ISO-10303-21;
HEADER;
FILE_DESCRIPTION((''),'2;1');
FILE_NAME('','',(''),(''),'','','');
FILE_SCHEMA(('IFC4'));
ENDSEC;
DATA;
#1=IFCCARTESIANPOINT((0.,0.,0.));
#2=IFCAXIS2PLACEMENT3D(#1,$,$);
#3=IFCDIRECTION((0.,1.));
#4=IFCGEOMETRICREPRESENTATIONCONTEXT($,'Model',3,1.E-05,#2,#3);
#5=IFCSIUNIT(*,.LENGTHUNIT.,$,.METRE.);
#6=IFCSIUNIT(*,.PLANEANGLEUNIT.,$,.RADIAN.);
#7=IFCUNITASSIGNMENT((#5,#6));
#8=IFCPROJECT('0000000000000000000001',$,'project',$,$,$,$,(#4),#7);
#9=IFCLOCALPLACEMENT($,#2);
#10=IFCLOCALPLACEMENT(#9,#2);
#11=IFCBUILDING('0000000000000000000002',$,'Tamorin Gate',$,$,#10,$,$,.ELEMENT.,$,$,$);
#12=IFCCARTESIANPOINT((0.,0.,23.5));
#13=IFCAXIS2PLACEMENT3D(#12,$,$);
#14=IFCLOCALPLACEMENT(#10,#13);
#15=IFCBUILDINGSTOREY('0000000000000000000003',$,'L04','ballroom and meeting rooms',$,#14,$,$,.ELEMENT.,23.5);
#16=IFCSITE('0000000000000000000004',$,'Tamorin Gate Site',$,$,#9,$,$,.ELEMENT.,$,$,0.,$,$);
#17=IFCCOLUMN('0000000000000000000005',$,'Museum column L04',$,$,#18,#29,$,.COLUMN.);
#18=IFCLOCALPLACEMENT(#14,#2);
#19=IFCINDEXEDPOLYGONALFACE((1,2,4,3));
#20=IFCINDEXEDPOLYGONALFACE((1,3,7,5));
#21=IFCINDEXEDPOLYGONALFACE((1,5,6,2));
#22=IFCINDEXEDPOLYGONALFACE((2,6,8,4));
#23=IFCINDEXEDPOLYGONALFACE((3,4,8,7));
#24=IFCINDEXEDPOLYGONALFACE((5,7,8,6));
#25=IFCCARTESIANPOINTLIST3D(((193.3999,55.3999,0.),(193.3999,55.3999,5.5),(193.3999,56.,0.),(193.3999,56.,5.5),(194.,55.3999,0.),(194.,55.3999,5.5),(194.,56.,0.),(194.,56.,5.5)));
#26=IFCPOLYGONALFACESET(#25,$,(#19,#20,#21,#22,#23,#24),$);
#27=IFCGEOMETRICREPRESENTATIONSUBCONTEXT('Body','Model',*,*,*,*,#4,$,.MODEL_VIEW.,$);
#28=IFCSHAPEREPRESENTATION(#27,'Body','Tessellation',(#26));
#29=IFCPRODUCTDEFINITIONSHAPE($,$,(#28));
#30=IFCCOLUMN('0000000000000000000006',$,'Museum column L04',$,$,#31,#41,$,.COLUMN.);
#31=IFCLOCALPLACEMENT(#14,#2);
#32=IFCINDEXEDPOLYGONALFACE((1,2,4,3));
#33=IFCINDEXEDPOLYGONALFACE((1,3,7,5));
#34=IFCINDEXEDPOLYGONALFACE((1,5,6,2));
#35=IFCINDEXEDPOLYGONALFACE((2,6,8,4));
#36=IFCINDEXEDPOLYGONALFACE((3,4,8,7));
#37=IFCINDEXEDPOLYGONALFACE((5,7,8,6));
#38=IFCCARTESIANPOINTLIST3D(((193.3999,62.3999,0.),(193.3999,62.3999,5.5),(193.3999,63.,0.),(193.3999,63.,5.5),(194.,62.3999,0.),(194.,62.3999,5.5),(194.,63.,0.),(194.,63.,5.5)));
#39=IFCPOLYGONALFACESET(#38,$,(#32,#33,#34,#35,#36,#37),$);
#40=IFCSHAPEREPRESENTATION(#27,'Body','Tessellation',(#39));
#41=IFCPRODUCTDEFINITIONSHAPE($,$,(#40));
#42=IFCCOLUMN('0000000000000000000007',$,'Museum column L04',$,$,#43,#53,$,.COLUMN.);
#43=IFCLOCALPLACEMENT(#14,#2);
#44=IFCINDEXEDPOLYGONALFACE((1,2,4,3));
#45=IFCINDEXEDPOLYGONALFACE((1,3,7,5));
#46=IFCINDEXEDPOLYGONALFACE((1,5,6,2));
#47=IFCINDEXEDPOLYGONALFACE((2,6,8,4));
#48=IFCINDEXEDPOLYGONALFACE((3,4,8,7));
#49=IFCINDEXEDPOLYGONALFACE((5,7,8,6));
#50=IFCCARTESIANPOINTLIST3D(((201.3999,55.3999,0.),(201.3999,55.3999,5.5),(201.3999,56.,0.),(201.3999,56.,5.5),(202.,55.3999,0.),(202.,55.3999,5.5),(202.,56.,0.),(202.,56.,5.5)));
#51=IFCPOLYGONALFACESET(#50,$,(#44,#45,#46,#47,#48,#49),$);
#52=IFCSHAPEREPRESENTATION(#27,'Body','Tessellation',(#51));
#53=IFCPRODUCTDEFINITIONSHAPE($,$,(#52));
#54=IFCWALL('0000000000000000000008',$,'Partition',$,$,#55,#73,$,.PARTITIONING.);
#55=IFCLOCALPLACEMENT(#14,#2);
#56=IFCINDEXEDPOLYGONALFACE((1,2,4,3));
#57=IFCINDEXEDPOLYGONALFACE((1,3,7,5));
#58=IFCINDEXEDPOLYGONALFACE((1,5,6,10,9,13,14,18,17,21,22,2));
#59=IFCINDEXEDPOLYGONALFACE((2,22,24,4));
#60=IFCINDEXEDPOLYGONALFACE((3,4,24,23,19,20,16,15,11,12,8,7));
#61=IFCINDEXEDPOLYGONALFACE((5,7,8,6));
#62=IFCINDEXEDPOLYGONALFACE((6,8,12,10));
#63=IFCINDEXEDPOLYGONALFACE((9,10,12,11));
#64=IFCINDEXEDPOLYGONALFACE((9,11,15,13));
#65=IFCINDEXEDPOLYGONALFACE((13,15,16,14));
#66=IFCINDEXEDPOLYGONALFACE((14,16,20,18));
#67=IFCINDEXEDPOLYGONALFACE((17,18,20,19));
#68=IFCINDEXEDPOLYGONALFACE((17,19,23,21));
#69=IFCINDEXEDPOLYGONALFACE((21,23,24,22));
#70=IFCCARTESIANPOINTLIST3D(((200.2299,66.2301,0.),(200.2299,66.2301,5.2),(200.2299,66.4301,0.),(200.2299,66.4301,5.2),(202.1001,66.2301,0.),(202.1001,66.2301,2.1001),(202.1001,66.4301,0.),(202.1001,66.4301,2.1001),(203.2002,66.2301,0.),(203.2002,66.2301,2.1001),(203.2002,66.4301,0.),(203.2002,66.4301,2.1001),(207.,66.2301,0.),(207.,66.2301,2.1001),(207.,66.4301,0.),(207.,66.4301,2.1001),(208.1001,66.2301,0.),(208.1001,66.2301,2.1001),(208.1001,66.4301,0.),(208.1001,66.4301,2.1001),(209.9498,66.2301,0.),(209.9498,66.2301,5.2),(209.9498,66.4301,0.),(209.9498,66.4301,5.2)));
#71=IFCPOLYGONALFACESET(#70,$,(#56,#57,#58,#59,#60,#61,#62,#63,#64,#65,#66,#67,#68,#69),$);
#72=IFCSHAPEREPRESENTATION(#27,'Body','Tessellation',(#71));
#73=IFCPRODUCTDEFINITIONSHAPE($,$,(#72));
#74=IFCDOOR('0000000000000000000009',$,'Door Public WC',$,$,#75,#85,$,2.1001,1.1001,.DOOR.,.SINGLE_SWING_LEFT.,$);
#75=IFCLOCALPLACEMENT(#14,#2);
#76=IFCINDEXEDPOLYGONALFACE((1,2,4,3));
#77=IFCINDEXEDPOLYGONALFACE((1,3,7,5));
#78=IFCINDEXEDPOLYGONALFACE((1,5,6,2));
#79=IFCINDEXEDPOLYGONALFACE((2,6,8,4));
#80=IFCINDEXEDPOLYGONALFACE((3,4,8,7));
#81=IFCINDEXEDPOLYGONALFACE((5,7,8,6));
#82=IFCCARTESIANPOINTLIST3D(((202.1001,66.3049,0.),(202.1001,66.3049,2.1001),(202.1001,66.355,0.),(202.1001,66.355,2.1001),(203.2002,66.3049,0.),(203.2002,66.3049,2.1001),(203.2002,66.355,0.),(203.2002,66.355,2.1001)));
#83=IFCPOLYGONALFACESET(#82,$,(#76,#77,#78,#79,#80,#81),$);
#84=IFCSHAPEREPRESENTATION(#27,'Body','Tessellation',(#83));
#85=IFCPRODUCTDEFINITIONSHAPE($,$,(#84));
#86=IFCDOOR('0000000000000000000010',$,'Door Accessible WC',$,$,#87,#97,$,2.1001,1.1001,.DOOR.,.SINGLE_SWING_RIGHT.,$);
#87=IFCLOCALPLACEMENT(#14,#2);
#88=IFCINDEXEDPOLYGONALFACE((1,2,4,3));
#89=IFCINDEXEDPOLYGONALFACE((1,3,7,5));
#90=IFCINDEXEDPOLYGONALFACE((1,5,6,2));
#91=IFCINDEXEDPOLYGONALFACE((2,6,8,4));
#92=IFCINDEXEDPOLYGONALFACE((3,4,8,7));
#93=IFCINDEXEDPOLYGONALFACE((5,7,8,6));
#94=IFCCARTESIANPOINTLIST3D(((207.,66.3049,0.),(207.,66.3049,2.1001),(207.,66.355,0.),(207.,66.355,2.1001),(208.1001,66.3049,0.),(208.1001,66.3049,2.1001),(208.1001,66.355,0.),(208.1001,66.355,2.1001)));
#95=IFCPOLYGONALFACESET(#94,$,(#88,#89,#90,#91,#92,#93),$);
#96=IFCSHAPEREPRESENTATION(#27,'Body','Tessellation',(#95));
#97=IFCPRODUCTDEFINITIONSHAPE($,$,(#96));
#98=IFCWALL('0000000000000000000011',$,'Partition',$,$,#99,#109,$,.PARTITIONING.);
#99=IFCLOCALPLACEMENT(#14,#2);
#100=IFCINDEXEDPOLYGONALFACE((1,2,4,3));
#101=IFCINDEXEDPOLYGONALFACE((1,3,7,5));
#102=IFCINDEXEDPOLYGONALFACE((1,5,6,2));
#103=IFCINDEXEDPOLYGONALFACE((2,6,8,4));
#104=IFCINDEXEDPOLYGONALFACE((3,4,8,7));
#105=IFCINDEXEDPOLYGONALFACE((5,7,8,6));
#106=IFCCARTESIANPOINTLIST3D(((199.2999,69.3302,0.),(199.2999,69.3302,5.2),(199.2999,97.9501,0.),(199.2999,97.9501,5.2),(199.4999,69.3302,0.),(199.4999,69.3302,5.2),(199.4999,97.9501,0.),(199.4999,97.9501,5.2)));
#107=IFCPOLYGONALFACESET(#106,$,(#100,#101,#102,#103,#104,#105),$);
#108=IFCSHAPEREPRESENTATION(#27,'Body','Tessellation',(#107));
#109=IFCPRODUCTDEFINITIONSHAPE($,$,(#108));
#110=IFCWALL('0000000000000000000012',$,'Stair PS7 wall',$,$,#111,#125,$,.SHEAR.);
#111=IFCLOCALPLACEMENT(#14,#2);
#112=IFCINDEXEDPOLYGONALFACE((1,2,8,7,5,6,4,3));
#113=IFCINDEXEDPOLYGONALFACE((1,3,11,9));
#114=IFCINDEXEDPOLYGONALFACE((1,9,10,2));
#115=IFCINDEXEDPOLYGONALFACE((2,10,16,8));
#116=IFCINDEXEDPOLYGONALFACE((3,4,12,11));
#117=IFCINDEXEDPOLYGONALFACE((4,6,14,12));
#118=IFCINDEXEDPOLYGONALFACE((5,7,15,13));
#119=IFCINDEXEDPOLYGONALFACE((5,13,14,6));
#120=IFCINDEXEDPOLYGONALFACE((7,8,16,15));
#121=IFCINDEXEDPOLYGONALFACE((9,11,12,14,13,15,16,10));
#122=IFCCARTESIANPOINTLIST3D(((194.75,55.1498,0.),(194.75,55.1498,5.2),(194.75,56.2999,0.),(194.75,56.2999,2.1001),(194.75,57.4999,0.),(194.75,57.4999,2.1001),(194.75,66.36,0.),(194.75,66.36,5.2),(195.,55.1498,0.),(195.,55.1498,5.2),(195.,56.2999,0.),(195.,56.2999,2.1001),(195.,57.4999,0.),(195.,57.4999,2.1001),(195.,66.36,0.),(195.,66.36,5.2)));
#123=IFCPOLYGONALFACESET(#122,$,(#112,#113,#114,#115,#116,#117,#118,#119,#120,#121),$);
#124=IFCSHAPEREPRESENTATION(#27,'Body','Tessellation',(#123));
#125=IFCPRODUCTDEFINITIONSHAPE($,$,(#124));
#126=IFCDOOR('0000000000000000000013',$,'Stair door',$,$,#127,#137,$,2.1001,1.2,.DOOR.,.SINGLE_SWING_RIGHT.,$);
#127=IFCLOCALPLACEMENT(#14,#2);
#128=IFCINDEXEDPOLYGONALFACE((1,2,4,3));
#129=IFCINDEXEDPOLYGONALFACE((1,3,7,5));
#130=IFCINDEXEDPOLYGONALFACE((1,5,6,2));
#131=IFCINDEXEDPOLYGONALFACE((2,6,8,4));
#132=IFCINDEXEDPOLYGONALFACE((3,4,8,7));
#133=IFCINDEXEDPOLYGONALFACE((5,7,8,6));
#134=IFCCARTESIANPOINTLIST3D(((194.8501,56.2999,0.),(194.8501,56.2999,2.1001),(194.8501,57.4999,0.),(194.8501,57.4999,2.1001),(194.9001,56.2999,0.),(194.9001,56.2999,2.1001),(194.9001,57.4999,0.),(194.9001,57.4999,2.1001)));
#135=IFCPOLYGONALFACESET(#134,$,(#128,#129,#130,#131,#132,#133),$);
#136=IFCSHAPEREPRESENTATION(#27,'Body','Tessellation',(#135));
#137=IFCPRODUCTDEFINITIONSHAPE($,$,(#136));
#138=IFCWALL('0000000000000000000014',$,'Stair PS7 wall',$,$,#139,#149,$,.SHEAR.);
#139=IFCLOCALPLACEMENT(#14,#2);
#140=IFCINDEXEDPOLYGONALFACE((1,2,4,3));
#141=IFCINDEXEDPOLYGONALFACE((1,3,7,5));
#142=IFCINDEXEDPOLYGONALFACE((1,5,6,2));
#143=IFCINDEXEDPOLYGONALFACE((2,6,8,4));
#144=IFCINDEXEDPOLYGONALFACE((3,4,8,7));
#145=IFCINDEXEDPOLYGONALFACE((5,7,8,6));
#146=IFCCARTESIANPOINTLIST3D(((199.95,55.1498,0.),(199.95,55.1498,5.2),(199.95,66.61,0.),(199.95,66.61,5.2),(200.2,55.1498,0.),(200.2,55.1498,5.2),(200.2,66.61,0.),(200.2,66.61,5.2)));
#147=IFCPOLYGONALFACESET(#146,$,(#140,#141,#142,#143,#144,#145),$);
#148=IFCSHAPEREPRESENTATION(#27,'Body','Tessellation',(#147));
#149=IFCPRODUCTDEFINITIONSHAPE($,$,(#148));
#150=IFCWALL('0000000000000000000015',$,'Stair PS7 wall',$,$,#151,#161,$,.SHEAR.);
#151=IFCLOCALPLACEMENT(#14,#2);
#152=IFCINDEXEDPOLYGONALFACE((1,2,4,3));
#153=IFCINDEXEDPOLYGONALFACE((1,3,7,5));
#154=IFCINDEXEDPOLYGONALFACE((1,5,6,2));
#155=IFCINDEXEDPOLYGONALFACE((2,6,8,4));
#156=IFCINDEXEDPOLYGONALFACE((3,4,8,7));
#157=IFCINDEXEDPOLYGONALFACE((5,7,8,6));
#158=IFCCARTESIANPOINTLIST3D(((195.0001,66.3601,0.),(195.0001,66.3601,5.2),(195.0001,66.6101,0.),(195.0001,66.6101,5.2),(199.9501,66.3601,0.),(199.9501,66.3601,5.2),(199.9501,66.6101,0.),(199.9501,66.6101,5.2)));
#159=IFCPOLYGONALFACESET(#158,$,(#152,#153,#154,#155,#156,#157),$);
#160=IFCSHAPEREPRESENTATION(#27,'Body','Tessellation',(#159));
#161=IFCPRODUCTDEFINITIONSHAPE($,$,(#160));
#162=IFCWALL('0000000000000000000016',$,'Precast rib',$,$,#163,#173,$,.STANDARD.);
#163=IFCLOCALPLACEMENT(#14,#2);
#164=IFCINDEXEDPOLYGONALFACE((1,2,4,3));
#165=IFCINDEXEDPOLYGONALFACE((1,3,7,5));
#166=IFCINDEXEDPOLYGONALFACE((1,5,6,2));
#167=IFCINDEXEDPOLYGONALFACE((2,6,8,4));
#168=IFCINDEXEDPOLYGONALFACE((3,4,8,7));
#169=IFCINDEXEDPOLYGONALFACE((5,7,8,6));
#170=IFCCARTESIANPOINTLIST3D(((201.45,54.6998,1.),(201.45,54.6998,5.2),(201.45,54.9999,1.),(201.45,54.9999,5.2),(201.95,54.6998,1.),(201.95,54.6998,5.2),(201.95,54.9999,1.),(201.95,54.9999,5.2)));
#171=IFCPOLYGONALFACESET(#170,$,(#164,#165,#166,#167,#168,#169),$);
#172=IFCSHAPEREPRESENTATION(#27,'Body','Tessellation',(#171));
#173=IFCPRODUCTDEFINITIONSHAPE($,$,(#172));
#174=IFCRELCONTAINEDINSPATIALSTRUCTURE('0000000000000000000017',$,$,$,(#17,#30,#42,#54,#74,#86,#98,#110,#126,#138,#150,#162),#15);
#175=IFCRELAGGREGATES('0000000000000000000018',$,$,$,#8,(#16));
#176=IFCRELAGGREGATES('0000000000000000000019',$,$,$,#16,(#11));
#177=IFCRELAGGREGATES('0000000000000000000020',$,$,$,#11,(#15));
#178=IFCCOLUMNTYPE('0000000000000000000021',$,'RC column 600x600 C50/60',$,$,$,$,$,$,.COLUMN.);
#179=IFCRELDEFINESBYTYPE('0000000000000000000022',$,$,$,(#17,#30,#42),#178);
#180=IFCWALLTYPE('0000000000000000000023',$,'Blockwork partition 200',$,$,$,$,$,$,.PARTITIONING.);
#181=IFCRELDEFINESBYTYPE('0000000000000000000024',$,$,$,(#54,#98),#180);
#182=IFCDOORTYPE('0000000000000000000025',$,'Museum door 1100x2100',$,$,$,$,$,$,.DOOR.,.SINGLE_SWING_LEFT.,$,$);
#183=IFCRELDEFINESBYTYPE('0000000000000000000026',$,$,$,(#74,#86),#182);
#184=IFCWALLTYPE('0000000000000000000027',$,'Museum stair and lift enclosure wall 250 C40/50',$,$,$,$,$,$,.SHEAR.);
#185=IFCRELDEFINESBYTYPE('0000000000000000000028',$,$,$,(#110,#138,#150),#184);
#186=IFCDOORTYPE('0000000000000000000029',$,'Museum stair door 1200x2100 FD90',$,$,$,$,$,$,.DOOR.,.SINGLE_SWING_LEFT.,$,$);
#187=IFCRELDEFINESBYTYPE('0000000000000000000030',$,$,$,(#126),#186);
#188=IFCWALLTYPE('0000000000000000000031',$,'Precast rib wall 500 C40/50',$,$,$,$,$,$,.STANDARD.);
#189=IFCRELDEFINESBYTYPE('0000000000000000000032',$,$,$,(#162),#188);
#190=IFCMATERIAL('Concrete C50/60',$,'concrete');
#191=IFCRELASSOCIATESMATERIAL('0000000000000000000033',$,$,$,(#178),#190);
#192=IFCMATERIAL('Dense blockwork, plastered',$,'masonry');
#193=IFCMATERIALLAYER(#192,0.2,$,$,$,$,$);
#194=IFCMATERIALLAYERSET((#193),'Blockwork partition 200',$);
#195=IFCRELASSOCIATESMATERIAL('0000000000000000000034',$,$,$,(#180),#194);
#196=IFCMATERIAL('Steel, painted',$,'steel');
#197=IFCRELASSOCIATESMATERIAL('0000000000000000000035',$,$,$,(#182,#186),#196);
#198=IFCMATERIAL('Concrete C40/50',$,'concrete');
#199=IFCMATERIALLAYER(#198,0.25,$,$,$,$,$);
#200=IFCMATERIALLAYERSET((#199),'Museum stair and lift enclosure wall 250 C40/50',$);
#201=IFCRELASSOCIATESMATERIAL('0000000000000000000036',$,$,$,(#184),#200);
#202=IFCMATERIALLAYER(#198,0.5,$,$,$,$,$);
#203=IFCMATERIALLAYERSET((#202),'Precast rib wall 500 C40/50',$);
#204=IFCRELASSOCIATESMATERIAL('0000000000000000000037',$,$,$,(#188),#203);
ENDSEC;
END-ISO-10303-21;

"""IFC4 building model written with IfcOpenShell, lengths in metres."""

from ifc_helpers import new_model, si_unit, direction, frame, frame_2d, origin, origin_2d, place, context, subcontext, project, spatial, rectangle, extrude, material, layer, layer_set, material_profile, profile_set, type_object, element, fill, save


model = new_model("IFC4")

# Units and contexts
model_context = context("Model", 3, precision=1e-05, world=origin(), true_north=direction((0.0, 1.0)))
body_context = subcontext(model_context, "Body", "Model", "MODEL_VIEW")
ifc_project = project(units=[si_unit("LENGTHUNIT", "METRE"), si_unit("PLANEANGLEUNIT", "RADIAN")], contexts=[model_context])

# Site, building, storey
site_placement = place(None, origin())
site = spatial("IfcSite", under=ifc_project, at=site_placement, Name="Tamorin Gate Site", CompositionType="ELEMENT", RefElevation=0.0)
building_placement = place(site_placement, origin())
building = spatial("IfcBuilding", under=site, at=building_placement, Name="Tamorin Gate", CompositionType="ELEMENT")
storey_placement = place(building_placement, frame((0.0, 0.0, 23.5)))
storey = spatial("IfcBuildingStorey", under=building, at=storey_placement, Name="L04", Description="ballroom and meeting rooms", CompositionType="ELEMENT", Elevation=23.5)

# Columns
ifc_material_1 = material(Name="Concrete C50/60", Category="concrete")
ifc_material_profile = material_profile(ifc_material_1, rectangle(XDim=0.6001, YDim=0.6001, at=origin_2d()))
ifc_profile_set = profile_set([ifc_material_profile], Name="Concrete C50/60")
column_type = type_object("IfcColumnType", Name="RC column 600x600 C50/60", PredefinedType="COLUMN", material=ifc_profile_set)
for number, where, z_axis, x_axis, name in (
    (1, (193.7, 55.7, 0.0), (0.0, 0.0, 1.0), (1.0, 0.0, 0.0), "Museum column L04"),
    (2, (193.7, 62.7, 0.0), (0.0, 0.0, 1.0), (1.0, 0.0, 0.0), "Museum column L04"),
    (3, (201.7, 55.7, 0.0), (0.0, 0.0, 1.0), (1.0, 0.0, 0.0), "Museum column L04"),
):
    element("IfcColumn", number, at=place(storey_placement, frame(where, z_axis=z_axis, x_axis=x_axis)), inside=storey, type_object=column_type, Name=name, PredefinedType="COLUMN", context=body_context, shape_type="SweptSolid", body=[
        extrude(rectangle(XDim=0.6001, YDim=0.6001, at=origin_2d()), origin(), (0.0, 0.0, 1.0), 5.5),
    ])

# Wall, openings, doors
ifc_material_2 = material(Name="Dense blockwork, plastered", Category="masonry")
ifc_layer_1 = layer(ifc_material_2, 0.2)
ifc_layer_set_1 = layer_set([ifc_layer_1], Name="Blockwork partition 200")
wall_type_1 = type_object("IfcWallType", Name="Blockwork partition 200", PredefinedType="PARTITIONING", material=ifc_layer_set_1)
wall_1_placement = place(storey_placement, frame((200.23, 66.3301, 0.0), z_axis=(0.0, 0.0, 1.0), x_axis=(1.0, 0.0, 0.0)))
wall_1 = element("IfcWall", 4, at=wall_1_placement, inside=storey, type_object=wall_type_1, Name="Partition", PredefinedType="PARTITIONING", context=body_context, shape_type="SweptSolid", body=[
    extrude(rectangle(XDim=9.72, YDim=0.2, at=frame_2d((4.8599, 0.0))), origin(), (0.0, 0.0, 1.0), 5.2),
])
opening_1_placement = place(wall_1_placement, frame((1.8701, 0.0, 0.0)))
opening_1 = element("IfcOpeningElement", 5, at=opening_1_placement, cuts=wall_1, PredefinedType="OPENING", context=body_context, shape_type="SweptSolid", body=[
    extrude(rectangle(XDim=1.1001, YDim=2.1001, at=frame_2d((0.55, 1.05))), frame((0.0, 0.1099, 0.0), z_axis=(0.0, -1.0, 0.0), x_axis=(1.0, 0.0, 0.0)), (0.0, 0.0, 1.0), 0.22),
])
opening_2_placement = place(wall_1_placement, frame((6.77, 0.0, 0.0)))
opening_2 = element("IfcOpeningElement", 6, at=opening_2_placement, cuts=wall_1, PredefinedType="OPENING", context=body_context, shape_type="SweptSolid", body=[
    extrude(rectangle(XDim=1.1001, YDim=2.1001, at=frame_2d((0.55, 1.05))), frame((0.0, 0.1099, 0.0), z_axis=(0.0, -1.0, 0.0), x_axis=(1.0, 0.0, 0.0)), (0.0, 0.0, 1.0), 0.22),
])
ifc_material_3 = material(Name="Steel, painted", Category="steel")
door_type_1 = type_object("IfcDoorType", Name="Museum door 1100x2100", OperationType="SINGLE_SWING_LEFT", PredefinedType="DOOR", material=ifc_material_3)
door_1_placement = place(opening_1_placement, origin())
door_1 = element("IfcDoor", 7, at=door_1_placement, inside=storey, type_object=door_type_1, Name="Door Public WC", OperationType="SINGLE_SWING_LEFT", OverallHeight=2.1001, OverallWidth=1.1001, PredefinedType="DOOR", context=body_context, shape_type="SweptSolid", body=[
    extrude(rectangle(XDim=1.1001, YDim=2.1001, at=frame_2d((0.55, 1.05))), frame((0.0, 0.0249, 0.0), z_axis=(0.0, -1.0, 0.0), x_axis=(1.0, 0.0, 0.0)), (0.0, 0.0, 1.0), 0.05),
])
fill(opening_1, door_1)
door_2_placement = place(opening_2_placement, origin())
door_2 = element("IfcDoor", 8, at=door_2_placement, inside=storey, type_object=door_type_1, Name="Door Accessible WC", OperationType="SINGLE_SWING_RIGHT", OverallHeight=2.1001, OverallWidth=1.1001, PredefinedType="DOOR", context=body_context, shape_type="SweptSolid", body=[
    extrude(rectangle(XDim=1.1001, YDim=2.1001, at=frame_2d((0.55, 1.05))), frame((0.0, 0.0249, 0.0), z_axis=(0.0, -1.0, 0.0), x_axis=(1.0, 0.0, 0.0)), (0.0, 0.0, 1.0), 0.05),
])
fill(opening_2, door_2)

# Wall
wall_2_placement = place(storey_placement, frame((199.3999, 69.3301, 0.0), z_axis=(0.0, 0.0, 1.0), x_axis=(0.0, 1.0, 0.0)))
element("IfcWall", 9, at=wall_2_placement, inside=storey, type_object=wall_type_1, Name="Partition", PredefinedType="PARTITIONING", context=body_context, shape_type="SweptSolid", body=[
    extrude(rectangle(XDim=28.6199, YDim=0.2, at=frame_2d((14.3101, 0.0))), origin(), (0.0, 0.0, 1.0), 5.2),
])

# Wall, opening, door
ifc_material_4 = material(Name="Concrete C40/50", Category="concrete")
ifc_layer_2 = layer(ifc_material_4, 0.25)
ifc_layer_set_2 = layer_set([ifc_layer_2], Name="Museum stair and lift enclosure wall 250 C40/50")
wall_type_2 = type_object("IfcWallType", Name="Museum stair and lift enclosure wall 250 C40/50", PredefinedType="SHEAR", material=ifc_layer_set_2)
wall_3_placement = place(storey_placement, frame((194.875, 55.1499, 0.0), z_axis=(0.0, 0.0, 1.0), x_axis=(0.0, 1.0, 0.0)))
wall_3 = element("IfcWall", 10, at=wall_3_placement, inside=storey, type_object=wall_type_2, Name="Stair PS7 wall", PredefinedType="SHEAR", context=body_context, shape_type="SweptSolid", body=[
    extrude(rectangle(XDim=11.2102, YDim=0.25, at=frame_2d((5.605, 0.0))), origin(), (0.0, 0.0, 1.0), 5.2),
])
opening_3_placement = place(wall_3_placement, frame((1.1499, 0.0, 0.0)))
opening_3 = element("IfcOpeningElement", 11, at=opening_3_placement, cuts=wall_3, PredefinedType="OPENING", context=body_context, shape_type="SweptSolid", body=[
    extrude(rectangle(XDim=1.2, YDim=2.1001, at=frame_2d((0.6001, 1.05))), frame((0.0, 0.135, 0.0), z_axis=(0.0, -1.0, 0.0), x_axis=(1.0, 0.0, 0.0)), (0.0, 0.0, 1.0), 0.27),
])
door_type_2 = type_object("IfcDoorType", Name="Museum stair door 1200x2100 FD90", OperationType="SINGLE_SWING_LEFT", PredefinedType="DOOR", material=ifc_material_3)
door_3_placement = place(opening_3_placement, origin())
door_3 = element("IfcDoor", 12, at=door_3_placement, inside=storey, type_object=door_type_2, Name="Stair door", OperationType="SINGLE_SWING_RIGHT", OverallHeight=2.1001, OverallWidth=1.2, PredefinedType="DOOR", context=body_context, shape_type="SweptSolid", body=[
    extrude(rectangle(XDim=1.2, YDim=2.1001, at=frame_2d((0.6001, 1.05))), frame((0.0, 0.0249, 0.0), z_axis=(0.0, -1.0, 0.0), x_axis=(1.0, 0.0, 0.0)), (0.0, 0.0, 1.0), 0.05),
])
fill(opening_3, door_3)

# Walls
wall_4_placement = place(storey_placement, frame((200.075, 55.1499, 0.0), z_axis=(0.0, 0.0, 1.0), x_axis=(0.0, 1.0, 0.0)))
element("IfcWall", 13, at=wall_4_placement, inside=storey, type_object=wall_type_2, Name="Stair PS7 wall", PredefinedType="SHEAR", context=body_context, shape_type="SweptSolid", body=[
    extrude(rectangle(XDim=11.4602, YDim=0.25, at=frame_2d((5.73, 0.0))), origin(), (0.0, 0.0, 1.0), 5.2),
])
wall_5_placement = place(storey_placement, frame((195.0, 66.4851, 0.0), z_axis=(0.0, 0.0, 1.0), x_axis=(1.0, 0.0, 0.0)))
element("IfcWall", 14, at=wall_5_placement, inside=storey, type_object=wall_type_2, Name="Stair PS7 wall", PredefinedType="SHEAR", context=body_context, shape_type="SweptSolid", body=[
    extrude(rectangle(XDim=4.95, YDim=0.25, at=frame_2d((2.4751, 0.0))), origin(), (0.0, 0.0, 1.0), 5.2),
])
ifc_layer_3 = layer(ifc_material_4, 0.5)
ifc_layer_set_3 = layer_set([ifc_layer_3], Name="Precast rib wall 500 C40/50")
wall_type_3 = type_object("IfcWallType", Name="Precast rib wall 500 C40/50", PredefinedType="STANDARD", material=ifc_layer_set_3)
wall_6_placement = place(storey_placement, frame((201.7, 54.7, 1.0), z_axis=(0.0, 0.0, 1.0), x_axis=(0.0, 1.0, 0.0)))
element("IfcWall", 15, at=wall_6_placement, inside=storey, type_object=wall_type_3, Name="Precast rib", PredefinedType="STANDARD", context=body_context, shape_type="SweptSolid", body=[
    extrude(rectangle(XDim=0.3, YDim=0.5, at=frame_2d((0.1499, 0.0))), origin(), (0.0, 0.0, 1.0), 4.2),
])

save(model, "model.ifc")
